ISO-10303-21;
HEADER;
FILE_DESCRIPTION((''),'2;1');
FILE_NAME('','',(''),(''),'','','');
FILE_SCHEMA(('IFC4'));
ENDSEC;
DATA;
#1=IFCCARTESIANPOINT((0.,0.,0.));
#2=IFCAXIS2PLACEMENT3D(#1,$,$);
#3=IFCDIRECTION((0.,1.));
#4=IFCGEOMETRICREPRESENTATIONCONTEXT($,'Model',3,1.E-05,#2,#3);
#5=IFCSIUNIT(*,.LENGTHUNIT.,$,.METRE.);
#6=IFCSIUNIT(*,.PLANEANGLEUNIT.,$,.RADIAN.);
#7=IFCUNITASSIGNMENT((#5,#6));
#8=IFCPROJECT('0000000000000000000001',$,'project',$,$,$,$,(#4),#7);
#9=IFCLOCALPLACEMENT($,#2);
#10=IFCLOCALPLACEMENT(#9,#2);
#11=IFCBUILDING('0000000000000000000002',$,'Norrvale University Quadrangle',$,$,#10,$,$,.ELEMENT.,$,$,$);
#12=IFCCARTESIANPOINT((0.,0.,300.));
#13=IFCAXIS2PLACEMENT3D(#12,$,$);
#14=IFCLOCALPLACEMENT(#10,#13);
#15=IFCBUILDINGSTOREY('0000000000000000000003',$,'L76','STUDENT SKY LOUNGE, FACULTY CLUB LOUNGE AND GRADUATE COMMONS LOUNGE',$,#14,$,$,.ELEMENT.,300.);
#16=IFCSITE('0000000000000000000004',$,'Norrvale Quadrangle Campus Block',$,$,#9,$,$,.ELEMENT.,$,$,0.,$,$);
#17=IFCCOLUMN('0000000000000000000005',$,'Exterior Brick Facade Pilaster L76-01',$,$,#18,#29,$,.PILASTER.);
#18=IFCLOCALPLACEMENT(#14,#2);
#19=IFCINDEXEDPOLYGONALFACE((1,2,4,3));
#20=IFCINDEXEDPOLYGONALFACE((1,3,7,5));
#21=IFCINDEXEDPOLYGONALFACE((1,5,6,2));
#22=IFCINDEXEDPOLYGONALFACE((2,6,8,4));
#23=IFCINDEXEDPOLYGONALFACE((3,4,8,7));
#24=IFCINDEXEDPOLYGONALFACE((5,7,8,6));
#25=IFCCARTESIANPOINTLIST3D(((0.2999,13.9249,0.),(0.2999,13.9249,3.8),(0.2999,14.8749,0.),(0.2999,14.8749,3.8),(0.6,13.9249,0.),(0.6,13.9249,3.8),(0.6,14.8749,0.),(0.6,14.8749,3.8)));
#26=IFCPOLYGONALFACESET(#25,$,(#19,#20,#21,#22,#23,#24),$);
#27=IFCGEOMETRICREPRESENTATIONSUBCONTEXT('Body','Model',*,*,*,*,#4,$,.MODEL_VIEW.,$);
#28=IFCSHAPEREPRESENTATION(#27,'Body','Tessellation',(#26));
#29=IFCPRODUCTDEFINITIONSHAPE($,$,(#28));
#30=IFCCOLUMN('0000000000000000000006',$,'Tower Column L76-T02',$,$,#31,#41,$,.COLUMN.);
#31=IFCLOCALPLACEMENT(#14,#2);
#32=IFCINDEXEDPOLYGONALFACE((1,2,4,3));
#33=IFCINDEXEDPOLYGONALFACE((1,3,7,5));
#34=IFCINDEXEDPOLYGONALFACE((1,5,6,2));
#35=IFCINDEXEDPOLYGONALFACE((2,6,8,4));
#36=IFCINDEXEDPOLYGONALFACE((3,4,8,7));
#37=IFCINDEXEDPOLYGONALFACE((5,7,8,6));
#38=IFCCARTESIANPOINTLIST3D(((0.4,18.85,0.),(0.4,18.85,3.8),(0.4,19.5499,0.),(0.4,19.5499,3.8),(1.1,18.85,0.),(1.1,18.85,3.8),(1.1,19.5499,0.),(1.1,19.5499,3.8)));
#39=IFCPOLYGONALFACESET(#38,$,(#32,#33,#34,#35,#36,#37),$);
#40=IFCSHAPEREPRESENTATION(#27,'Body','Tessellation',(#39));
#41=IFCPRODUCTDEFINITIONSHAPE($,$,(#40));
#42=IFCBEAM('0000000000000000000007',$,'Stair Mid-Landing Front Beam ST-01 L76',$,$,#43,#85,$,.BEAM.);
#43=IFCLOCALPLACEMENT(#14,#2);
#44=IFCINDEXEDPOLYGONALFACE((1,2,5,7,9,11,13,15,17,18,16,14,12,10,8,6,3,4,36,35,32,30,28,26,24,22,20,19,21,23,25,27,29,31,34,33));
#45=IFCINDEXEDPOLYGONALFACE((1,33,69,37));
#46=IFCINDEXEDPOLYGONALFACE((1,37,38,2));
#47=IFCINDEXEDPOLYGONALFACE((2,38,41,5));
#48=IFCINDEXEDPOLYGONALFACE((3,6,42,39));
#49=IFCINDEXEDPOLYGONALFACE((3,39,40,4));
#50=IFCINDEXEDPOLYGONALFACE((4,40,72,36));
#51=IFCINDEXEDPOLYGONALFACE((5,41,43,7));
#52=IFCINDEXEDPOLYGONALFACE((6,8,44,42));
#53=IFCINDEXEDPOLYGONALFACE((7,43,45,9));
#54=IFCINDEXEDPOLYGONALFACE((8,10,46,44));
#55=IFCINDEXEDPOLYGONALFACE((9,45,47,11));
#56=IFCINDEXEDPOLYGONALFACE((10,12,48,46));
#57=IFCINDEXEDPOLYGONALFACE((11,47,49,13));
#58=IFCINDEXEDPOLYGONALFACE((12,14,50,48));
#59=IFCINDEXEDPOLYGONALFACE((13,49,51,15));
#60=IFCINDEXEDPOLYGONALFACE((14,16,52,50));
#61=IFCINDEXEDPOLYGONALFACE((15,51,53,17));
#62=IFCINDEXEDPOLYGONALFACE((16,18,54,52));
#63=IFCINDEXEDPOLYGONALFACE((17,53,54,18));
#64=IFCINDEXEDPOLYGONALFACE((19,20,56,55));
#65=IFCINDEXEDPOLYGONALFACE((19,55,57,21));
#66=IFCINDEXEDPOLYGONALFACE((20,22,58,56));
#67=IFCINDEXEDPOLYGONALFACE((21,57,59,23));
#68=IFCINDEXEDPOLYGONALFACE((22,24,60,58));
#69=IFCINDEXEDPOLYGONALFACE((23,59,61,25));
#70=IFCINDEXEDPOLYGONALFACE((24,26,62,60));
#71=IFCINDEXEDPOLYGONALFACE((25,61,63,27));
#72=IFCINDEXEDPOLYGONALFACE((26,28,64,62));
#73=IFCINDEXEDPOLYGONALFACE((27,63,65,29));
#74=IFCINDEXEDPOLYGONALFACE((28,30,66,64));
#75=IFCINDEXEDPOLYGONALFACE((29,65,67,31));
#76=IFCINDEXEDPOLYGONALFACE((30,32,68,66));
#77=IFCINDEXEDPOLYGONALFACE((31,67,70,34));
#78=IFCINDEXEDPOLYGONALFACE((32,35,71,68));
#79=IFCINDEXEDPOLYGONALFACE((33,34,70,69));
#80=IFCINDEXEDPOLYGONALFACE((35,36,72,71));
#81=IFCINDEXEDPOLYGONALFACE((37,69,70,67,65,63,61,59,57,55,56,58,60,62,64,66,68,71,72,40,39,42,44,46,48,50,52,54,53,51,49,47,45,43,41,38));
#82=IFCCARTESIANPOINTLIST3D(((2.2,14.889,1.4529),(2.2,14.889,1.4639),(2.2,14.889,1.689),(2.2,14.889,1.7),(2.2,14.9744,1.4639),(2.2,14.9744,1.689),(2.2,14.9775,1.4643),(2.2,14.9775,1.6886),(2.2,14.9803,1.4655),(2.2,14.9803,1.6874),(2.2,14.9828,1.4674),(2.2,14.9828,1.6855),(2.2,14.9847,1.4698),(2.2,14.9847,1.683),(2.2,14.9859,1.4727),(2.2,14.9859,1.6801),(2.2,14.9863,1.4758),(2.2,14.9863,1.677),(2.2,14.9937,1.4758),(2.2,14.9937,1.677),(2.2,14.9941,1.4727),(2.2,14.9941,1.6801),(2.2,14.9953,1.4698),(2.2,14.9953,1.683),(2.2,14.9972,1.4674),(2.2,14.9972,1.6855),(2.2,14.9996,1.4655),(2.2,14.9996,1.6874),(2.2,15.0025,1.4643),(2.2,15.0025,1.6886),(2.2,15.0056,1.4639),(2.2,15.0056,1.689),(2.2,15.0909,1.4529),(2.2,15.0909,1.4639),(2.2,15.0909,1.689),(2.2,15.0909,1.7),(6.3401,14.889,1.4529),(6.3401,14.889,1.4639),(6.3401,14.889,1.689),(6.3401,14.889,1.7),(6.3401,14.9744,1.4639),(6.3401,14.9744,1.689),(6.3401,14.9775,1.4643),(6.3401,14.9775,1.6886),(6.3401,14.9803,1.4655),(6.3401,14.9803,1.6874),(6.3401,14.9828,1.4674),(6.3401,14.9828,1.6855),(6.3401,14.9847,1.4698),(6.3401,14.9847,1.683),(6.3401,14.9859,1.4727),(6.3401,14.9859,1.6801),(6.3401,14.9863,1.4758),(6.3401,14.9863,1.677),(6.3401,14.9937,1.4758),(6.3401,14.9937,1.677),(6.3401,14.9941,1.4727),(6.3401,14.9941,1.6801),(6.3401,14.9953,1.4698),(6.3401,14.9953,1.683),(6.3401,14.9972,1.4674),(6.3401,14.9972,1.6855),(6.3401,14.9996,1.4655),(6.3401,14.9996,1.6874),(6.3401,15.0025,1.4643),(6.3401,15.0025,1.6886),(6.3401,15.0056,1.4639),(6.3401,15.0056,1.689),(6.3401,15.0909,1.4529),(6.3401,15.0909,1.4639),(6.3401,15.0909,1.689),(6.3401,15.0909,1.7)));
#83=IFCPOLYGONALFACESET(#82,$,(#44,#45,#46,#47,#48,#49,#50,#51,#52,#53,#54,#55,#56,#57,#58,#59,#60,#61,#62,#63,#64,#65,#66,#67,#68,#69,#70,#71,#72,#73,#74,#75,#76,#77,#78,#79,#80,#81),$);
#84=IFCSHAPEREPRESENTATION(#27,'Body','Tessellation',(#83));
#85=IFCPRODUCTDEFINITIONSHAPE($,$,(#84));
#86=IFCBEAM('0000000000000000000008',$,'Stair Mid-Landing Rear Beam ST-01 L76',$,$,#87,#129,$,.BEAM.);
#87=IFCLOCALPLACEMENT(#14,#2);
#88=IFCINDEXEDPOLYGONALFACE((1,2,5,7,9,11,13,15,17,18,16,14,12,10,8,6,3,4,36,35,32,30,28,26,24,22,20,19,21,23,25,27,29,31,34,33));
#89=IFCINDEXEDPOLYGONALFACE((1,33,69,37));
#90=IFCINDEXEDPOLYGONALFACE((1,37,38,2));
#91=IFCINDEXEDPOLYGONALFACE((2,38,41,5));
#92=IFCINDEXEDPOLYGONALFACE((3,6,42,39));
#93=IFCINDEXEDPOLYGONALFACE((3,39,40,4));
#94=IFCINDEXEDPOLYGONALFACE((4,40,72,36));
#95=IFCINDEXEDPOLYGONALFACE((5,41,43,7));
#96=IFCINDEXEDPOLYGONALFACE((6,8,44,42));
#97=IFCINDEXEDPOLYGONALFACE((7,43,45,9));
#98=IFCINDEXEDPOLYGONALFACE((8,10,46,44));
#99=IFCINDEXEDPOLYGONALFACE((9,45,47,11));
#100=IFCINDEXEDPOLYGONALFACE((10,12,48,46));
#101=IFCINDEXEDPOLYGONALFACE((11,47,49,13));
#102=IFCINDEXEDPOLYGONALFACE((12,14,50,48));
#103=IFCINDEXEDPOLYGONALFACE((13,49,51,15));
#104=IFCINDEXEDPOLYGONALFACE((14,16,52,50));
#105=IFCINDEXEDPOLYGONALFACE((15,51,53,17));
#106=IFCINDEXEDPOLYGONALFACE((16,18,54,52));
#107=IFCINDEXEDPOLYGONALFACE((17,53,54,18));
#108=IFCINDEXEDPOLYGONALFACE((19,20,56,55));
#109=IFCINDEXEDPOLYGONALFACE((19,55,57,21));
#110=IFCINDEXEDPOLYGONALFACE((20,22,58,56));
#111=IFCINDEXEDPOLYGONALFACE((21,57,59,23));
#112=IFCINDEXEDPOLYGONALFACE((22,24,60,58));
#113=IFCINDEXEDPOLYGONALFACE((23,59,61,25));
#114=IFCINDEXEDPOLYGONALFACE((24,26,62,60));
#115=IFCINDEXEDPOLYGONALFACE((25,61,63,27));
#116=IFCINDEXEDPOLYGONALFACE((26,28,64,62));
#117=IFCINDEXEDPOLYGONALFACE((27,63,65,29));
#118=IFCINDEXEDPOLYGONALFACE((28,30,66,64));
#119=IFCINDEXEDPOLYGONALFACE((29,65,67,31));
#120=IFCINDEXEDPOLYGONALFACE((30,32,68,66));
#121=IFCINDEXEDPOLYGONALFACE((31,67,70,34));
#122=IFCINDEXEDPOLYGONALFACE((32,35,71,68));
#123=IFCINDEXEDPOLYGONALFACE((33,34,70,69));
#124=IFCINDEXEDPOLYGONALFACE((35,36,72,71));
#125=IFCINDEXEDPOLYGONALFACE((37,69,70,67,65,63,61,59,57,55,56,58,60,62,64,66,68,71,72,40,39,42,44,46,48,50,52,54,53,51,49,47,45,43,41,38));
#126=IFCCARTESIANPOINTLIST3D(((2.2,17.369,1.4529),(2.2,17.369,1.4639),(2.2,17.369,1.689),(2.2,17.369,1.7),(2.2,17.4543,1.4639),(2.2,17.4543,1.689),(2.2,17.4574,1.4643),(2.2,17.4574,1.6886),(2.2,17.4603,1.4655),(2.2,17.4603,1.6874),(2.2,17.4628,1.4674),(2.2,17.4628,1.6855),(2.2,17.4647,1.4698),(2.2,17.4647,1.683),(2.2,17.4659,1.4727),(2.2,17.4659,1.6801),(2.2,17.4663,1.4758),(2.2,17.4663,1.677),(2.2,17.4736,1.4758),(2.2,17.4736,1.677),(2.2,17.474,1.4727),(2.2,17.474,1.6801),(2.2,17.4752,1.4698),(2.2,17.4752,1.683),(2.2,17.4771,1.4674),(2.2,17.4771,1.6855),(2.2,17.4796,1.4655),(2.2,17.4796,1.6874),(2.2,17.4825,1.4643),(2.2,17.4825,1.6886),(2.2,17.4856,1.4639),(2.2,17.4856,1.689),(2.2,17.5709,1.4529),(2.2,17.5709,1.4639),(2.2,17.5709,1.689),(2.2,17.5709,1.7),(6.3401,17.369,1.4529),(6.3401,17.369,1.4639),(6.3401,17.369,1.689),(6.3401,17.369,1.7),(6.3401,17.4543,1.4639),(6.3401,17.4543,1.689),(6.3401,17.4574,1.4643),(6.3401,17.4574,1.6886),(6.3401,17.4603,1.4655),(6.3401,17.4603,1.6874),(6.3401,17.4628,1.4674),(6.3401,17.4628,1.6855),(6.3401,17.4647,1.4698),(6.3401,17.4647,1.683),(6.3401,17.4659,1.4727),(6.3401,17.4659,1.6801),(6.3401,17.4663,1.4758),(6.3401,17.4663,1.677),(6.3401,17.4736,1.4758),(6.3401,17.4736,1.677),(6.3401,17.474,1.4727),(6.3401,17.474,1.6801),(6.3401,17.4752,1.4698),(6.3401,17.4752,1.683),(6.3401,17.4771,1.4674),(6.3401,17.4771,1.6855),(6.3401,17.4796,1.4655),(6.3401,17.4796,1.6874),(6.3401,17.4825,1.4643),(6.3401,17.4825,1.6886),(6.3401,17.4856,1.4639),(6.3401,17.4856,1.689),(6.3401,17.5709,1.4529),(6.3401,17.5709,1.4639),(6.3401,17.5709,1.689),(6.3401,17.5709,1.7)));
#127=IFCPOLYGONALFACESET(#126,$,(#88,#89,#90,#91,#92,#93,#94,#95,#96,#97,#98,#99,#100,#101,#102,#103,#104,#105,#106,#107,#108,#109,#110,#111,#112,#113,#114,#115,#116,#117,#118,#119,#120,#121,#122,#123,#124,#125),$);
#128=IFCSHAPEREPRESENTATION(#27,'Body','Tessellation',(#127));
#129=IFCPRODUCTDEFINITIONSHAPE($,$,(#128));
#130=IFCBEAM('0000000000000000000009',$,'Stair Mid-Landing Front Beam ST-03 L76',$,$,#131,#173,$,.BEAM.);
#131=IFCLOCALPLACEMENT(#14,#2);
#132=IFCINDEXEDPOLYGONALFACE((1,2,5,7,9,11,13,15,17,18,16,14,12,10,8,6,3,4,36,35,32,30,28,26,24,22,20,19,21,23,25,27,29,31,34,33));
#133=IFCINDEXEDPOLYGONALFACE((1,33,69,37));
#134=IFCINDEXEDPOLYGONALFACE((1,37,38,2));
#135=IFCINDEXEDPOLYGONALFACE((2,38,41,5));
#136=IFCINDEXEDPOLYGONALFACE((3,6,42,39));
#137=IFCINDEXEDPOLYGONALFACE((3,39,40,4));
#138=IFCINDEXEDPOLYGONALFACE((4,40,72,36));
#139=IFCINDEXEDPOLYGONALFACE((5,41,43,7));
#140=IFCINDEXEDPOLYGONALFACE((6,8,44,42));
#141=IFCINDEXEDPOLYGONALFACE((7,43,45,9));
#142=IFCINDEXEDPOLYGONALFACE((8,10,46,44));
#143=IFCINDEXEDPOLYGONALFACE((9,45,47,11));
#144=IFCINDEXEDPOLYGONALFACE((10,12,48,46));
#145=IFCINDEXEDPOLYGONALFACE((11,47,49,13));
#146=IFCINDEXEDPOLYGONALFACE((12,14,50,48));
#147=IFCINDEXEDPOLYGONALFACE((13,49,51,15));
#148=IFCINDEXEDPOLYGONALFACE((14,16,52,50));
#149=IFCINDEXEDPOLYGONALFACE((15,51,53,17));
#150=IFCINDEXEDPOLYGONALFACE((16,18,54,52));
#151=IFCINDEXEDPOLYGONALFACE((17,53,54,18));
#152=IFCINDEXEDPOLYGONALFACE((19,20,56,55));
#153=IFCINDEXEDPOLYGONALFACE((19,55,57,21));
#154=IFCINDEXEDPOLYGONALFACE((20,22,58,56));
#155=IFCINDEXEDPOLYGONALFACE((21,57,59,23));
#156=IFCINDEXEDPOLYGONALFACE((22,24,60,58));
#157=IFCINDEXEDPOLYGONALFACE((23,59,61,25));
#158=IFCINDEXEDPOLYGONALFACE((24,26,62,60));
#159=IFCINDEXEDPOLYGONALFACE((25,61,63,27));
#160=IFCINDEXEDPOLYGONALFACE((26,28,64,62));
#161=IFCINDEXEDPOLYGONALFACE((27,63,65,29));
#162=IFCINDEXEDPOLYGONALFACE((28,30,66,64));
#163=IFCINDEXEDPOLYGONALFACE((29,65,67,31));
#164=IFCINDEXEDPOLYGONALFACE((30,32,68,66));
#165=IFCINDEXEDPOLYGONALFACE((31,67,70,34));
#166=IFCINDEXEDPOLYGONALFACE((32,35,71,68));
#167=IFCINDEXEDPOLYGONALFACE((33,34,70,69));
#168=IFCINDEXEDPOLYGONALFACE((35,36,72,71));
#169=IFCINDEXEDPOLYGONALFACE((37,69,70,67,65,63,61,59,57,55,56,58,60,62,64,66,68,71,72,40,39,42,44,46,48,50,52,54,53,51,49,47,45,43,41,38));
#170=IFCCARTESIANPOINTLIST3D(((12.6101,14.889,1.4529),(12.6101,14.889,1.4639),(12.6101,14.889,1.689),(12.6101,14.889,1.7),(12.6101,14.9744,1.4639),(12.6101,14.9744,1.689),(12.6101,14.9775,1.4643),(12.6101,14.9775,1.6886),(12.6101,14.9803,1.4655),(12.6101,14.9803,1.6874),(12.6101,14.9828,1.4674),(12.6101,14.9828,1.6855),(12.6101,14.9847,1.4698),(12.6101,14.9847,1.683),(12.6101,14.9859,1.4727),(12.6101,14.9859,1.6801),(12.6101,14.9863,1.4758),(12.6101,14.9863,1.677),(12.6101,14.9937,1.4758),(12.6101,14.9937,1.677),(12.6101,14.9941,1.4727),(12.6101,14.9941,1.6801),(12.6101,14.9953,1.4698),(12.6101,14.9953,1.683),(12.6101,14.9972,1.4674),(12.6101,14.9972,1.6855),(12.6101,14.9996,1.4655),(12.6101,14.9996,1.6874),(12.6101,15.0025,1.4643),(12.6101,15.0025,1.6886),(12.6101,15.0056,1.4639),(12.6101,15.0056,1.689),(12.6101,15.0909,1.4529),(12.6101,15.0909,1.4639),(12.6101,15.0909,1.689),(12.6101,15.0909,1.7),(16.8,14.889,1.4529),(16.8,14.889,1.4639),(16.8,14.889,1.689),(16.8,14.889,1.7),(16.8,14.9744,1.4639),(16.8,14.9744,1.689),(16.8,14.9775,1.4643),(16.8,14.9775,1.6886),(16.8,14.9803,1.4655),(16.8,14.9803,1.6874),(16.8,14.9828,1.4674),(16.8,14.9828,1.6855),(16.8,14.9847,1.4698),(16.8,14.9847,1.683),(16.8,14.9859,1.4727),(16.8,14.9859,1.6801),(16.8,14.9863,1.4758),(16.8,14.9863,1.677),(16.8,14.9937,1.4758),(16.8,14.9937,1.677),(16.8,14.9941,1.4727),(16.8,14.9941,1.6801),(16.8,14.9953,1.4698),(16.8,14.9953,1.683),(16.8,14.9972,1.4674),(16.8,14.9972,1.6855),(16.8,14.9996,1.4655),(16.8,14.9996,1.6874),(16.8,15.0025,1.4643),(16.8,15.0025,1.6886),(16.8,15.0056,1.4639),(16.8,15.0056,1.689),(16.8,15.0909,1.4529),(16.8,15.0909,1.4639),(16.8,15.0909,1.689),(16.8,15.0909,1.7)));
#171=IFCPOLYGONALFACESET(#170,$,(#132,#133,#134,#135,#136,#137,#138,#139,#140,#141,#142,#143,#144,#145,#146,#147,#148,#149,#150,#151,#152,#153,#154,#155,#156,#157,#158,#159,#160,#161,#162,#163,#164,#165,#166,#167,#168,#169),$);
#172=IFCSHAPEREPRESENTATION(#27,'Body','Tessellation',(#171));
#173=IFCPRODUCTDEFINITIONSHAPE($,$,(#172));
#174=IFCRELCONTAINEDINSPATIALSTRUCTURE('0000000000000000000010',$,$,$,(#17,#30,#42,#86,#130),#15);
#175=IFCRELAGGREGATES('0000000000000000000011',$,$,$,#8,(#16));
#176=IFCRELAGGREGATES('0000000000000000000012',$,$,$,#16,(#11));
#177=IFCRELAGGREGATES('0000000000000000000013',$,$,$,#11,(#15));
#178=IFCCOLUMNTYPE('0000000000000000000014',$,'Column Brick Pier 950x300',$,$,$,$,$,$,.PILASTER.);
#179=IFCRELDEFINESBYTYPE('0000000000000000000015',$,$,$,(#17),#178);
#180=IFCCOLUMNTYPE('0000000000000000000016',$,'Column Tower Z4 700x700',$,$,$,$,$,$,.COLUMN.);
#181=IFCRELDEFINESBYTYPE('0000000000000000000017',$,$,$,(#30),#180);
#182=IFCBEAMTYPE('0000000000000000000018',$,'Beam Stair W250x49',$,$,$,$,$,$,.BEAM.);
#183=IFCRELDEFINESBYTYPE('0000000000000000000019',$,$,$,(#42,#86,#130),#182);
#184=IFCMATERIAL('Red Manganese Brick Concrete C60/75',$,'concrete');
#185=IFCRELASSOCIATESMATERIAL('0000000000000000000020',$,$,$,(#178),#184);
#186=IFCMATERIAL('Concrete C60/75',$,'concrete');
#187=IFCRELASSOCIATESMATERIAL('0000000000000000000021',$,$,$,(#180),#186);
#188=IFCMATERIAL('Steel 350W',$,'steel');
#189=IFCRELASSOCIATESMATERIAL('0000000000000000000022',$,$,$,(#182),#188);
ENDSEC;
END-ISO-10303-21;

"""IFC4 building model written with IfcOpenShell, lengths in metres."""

from ifc_helpers import new_model, si_unit, direction, frame, origin, origin_2d, place, context, subcontext, project, spatial, rectangle, i_section, extrude, material, material_profile, profile_set, type_object, element, save


model = new_model("IFC4")

# Units and contexts
model_context = context("Model", 3, precision=1e-05, world=origin(), true_north=direction((0.0, 1.0)))
body_context = subcontext(model_context, "Body", "Model", "MODEL_VIEW")
ifc_project = project(units=[si_unit("LENGTHUNIT", "METRE"), si_unit("PLANEANGLEUNIT", "RADIAN")], contexts=[model_context])

# Site, building, storey
site_placement = place(None, origin())
site = spatial("IfcSite", under=ifc_project, at=site_placement, Name="Norrvale Quadrangle Campus Block", CompositionType="ELEMENT", RefElevation=0.0)
building_placement = place(site_placement, origin())
building = spatial("IfcBuilding", under=site, at=building_placement, Name="Norrvale University Quadrangle", CompositionType="ELEMENT")
storey_placement = place(building_placement, frame((0.0, 0.0, 300.0)))
storey = spatial("IfcBuildingStorey", under=building, at=storey_placement, Name="L76", Description="STUDENT SKY LOUNGE, FACULTY CLUB LOUNGE AND GRADUATE COMMONS LOUNGE", CompositionType="ELEMENT", Elevation=300.0)

# Columns
ifc_material_1 = material(Name="Red Manganese Brick Concrete C60/75", Category="concrete")
ifc_material_profile_1 = material_profile(ifc_material_1, rectangle(XDim=0.95, YDim=0.3, at=origin_2d()), Name="Red Manganese Brick Concrete C60/75")
ifc_profile_set_1 = profile_set([ifc_material_profile_1], Name="Red Manganese Brick Concrete C60/75")
column_type_1 = type_object("IfcColumnType", Name="Column Brick Pier 950x300", PredefinedType="PILASTER", material=ifc_profile_set_1)
column_1_placement = place(storey_placement, frame((0.45, 14.3999, 0.0), z_axis=(0.0, 0.0, 1.0), x_axis=(0.0, 1.0, 0.0)))
element("IfcColumn", 1, at=column_1_placement, inside=storey, type_object=column_type_1, Name="Exterior Brick Facade Pilaster L76-01", PredefinedType="PILASTER", context=body_context, shape_type="SweptSolid", body=[
    extrude(rectangle(XDim=0.95, YDim=0.3, at=origin_2d()), origin(), (0.0, 0.0, 1.0), 3.8),
])
ifc_material_2 = material(Name="Concrete C60/75", Category="concrete")
ifc_material_profile_2 = material_profile(ifc_material_2, rectangle(XDim=0.7, YDim=0.7, at=origin_2d()), Name="Concrete C60/75")
ifc_profile_set_2 = profile_set([ifc_material_profile_2], Name="Concrete C60/75")
column_type_2 = type_object("IfcColumnType", Name="Column Tower Z4 700x700", PredefinedType="COLUMN", material=ifc_profile_set_2)
column_2_placement = place(storey_placement, frame((0.75, 19.2, 0.0), z_axis=(0.0, 0.0, 1.0), x_axis=(1.0, 0.0, 0.0)))
element("IfcColumn", 2, at=column_2_placement, inside=storey, type_object=column_type_2, Name="Tower Column L76-T02", PredefinedType="COLUMN", context=body_context, shape_type="SweptSolid", body=[
    extrude(rectangle(XDim=0.7, YDim=0.7, at=origin_2d()), origin(), (0.0, 0.0, 1.0), 3.8),
])

# Beams
ifc_material_3 = material(Name="Steel 350W", Category="steel")
ifc_material_profile_3 = material_profile(ifc_material_3, i_section(OverallWidth=0.2019, OverallDepth=0.2471, WebThickness=0.0073, FlangeThickness=0.011, FilletRadius=0.012, at=origin_2d()), Name="Steel 350W")
ifc_profile_set_3 = profile_set([ifc_material_profile_3], Name="Steel 350W")
beam_type_1 = type_object("IfcBeamType", Name="Beam Stair W250x49", PredefinedType="BEAM", material=ifc_profile_set_3)
for number, where, z_axis, x_axis, name in (
    (3, (2.2, 14.99, 1.5764), (1.0, 0.0, 0.0), (0.0, 1.0, 0.0), "Stair Mid-Landing Front Beam ST-01 L76"),
    (4, (2.2, 17.47, 1.5764), (1.0, 0.0, 0.0), (0.0, 1.0, 0.0), "Stair Mid-Landing Rear Beam ST-01 L76"),
):
    element("IfcBeam", number, at=place(storey_placement, frame(where, z_axis=z_axis, x_axis=x_axis)), inside=storey, type_object=beam_type_1, Name=name, PredefinedType="BEAM", context=body_context, shape_type="SweptSolid", body=[
        extrude(i_section(OverallWidth=0.2019, OverallDepth=0.2471, WebThickness=0.0073, FlangeThickness=0.011, FilletRadius=0.012, at=origin_2d()), origin(), (0.0, 0.0, 1.0), 4.1401),
    ])
for number, where, z_axis, x_axis, name in (
    (5, (12.6101, 14.99, 1.5764), (1.0, 0.0, 0.0), (0.0, 1.0, 0.0), "Stair Mid-Landing Front Beam ST-03 L76"),
):
    element("IfcBeam", number, at=place(storey_placement, frame(where, z_axis=z_axis, x_axis=x_axis)), inside=storey, type_object=beam_type_1, Name=name, PredefinedType="BEAM", context=body_context, shape_type="SweptSolid", body=[
        extrude(i_section(OverallWidth=0.2019, OverallDepth=0.2471, WebThickness=0.0073, FlangeThickness=0.011, FilletRadius=0.012, at=origin_2d()), origin(), (0.0, 0.0, 1.0), 4.1899),
    ])

save(model, "model.ifc")
